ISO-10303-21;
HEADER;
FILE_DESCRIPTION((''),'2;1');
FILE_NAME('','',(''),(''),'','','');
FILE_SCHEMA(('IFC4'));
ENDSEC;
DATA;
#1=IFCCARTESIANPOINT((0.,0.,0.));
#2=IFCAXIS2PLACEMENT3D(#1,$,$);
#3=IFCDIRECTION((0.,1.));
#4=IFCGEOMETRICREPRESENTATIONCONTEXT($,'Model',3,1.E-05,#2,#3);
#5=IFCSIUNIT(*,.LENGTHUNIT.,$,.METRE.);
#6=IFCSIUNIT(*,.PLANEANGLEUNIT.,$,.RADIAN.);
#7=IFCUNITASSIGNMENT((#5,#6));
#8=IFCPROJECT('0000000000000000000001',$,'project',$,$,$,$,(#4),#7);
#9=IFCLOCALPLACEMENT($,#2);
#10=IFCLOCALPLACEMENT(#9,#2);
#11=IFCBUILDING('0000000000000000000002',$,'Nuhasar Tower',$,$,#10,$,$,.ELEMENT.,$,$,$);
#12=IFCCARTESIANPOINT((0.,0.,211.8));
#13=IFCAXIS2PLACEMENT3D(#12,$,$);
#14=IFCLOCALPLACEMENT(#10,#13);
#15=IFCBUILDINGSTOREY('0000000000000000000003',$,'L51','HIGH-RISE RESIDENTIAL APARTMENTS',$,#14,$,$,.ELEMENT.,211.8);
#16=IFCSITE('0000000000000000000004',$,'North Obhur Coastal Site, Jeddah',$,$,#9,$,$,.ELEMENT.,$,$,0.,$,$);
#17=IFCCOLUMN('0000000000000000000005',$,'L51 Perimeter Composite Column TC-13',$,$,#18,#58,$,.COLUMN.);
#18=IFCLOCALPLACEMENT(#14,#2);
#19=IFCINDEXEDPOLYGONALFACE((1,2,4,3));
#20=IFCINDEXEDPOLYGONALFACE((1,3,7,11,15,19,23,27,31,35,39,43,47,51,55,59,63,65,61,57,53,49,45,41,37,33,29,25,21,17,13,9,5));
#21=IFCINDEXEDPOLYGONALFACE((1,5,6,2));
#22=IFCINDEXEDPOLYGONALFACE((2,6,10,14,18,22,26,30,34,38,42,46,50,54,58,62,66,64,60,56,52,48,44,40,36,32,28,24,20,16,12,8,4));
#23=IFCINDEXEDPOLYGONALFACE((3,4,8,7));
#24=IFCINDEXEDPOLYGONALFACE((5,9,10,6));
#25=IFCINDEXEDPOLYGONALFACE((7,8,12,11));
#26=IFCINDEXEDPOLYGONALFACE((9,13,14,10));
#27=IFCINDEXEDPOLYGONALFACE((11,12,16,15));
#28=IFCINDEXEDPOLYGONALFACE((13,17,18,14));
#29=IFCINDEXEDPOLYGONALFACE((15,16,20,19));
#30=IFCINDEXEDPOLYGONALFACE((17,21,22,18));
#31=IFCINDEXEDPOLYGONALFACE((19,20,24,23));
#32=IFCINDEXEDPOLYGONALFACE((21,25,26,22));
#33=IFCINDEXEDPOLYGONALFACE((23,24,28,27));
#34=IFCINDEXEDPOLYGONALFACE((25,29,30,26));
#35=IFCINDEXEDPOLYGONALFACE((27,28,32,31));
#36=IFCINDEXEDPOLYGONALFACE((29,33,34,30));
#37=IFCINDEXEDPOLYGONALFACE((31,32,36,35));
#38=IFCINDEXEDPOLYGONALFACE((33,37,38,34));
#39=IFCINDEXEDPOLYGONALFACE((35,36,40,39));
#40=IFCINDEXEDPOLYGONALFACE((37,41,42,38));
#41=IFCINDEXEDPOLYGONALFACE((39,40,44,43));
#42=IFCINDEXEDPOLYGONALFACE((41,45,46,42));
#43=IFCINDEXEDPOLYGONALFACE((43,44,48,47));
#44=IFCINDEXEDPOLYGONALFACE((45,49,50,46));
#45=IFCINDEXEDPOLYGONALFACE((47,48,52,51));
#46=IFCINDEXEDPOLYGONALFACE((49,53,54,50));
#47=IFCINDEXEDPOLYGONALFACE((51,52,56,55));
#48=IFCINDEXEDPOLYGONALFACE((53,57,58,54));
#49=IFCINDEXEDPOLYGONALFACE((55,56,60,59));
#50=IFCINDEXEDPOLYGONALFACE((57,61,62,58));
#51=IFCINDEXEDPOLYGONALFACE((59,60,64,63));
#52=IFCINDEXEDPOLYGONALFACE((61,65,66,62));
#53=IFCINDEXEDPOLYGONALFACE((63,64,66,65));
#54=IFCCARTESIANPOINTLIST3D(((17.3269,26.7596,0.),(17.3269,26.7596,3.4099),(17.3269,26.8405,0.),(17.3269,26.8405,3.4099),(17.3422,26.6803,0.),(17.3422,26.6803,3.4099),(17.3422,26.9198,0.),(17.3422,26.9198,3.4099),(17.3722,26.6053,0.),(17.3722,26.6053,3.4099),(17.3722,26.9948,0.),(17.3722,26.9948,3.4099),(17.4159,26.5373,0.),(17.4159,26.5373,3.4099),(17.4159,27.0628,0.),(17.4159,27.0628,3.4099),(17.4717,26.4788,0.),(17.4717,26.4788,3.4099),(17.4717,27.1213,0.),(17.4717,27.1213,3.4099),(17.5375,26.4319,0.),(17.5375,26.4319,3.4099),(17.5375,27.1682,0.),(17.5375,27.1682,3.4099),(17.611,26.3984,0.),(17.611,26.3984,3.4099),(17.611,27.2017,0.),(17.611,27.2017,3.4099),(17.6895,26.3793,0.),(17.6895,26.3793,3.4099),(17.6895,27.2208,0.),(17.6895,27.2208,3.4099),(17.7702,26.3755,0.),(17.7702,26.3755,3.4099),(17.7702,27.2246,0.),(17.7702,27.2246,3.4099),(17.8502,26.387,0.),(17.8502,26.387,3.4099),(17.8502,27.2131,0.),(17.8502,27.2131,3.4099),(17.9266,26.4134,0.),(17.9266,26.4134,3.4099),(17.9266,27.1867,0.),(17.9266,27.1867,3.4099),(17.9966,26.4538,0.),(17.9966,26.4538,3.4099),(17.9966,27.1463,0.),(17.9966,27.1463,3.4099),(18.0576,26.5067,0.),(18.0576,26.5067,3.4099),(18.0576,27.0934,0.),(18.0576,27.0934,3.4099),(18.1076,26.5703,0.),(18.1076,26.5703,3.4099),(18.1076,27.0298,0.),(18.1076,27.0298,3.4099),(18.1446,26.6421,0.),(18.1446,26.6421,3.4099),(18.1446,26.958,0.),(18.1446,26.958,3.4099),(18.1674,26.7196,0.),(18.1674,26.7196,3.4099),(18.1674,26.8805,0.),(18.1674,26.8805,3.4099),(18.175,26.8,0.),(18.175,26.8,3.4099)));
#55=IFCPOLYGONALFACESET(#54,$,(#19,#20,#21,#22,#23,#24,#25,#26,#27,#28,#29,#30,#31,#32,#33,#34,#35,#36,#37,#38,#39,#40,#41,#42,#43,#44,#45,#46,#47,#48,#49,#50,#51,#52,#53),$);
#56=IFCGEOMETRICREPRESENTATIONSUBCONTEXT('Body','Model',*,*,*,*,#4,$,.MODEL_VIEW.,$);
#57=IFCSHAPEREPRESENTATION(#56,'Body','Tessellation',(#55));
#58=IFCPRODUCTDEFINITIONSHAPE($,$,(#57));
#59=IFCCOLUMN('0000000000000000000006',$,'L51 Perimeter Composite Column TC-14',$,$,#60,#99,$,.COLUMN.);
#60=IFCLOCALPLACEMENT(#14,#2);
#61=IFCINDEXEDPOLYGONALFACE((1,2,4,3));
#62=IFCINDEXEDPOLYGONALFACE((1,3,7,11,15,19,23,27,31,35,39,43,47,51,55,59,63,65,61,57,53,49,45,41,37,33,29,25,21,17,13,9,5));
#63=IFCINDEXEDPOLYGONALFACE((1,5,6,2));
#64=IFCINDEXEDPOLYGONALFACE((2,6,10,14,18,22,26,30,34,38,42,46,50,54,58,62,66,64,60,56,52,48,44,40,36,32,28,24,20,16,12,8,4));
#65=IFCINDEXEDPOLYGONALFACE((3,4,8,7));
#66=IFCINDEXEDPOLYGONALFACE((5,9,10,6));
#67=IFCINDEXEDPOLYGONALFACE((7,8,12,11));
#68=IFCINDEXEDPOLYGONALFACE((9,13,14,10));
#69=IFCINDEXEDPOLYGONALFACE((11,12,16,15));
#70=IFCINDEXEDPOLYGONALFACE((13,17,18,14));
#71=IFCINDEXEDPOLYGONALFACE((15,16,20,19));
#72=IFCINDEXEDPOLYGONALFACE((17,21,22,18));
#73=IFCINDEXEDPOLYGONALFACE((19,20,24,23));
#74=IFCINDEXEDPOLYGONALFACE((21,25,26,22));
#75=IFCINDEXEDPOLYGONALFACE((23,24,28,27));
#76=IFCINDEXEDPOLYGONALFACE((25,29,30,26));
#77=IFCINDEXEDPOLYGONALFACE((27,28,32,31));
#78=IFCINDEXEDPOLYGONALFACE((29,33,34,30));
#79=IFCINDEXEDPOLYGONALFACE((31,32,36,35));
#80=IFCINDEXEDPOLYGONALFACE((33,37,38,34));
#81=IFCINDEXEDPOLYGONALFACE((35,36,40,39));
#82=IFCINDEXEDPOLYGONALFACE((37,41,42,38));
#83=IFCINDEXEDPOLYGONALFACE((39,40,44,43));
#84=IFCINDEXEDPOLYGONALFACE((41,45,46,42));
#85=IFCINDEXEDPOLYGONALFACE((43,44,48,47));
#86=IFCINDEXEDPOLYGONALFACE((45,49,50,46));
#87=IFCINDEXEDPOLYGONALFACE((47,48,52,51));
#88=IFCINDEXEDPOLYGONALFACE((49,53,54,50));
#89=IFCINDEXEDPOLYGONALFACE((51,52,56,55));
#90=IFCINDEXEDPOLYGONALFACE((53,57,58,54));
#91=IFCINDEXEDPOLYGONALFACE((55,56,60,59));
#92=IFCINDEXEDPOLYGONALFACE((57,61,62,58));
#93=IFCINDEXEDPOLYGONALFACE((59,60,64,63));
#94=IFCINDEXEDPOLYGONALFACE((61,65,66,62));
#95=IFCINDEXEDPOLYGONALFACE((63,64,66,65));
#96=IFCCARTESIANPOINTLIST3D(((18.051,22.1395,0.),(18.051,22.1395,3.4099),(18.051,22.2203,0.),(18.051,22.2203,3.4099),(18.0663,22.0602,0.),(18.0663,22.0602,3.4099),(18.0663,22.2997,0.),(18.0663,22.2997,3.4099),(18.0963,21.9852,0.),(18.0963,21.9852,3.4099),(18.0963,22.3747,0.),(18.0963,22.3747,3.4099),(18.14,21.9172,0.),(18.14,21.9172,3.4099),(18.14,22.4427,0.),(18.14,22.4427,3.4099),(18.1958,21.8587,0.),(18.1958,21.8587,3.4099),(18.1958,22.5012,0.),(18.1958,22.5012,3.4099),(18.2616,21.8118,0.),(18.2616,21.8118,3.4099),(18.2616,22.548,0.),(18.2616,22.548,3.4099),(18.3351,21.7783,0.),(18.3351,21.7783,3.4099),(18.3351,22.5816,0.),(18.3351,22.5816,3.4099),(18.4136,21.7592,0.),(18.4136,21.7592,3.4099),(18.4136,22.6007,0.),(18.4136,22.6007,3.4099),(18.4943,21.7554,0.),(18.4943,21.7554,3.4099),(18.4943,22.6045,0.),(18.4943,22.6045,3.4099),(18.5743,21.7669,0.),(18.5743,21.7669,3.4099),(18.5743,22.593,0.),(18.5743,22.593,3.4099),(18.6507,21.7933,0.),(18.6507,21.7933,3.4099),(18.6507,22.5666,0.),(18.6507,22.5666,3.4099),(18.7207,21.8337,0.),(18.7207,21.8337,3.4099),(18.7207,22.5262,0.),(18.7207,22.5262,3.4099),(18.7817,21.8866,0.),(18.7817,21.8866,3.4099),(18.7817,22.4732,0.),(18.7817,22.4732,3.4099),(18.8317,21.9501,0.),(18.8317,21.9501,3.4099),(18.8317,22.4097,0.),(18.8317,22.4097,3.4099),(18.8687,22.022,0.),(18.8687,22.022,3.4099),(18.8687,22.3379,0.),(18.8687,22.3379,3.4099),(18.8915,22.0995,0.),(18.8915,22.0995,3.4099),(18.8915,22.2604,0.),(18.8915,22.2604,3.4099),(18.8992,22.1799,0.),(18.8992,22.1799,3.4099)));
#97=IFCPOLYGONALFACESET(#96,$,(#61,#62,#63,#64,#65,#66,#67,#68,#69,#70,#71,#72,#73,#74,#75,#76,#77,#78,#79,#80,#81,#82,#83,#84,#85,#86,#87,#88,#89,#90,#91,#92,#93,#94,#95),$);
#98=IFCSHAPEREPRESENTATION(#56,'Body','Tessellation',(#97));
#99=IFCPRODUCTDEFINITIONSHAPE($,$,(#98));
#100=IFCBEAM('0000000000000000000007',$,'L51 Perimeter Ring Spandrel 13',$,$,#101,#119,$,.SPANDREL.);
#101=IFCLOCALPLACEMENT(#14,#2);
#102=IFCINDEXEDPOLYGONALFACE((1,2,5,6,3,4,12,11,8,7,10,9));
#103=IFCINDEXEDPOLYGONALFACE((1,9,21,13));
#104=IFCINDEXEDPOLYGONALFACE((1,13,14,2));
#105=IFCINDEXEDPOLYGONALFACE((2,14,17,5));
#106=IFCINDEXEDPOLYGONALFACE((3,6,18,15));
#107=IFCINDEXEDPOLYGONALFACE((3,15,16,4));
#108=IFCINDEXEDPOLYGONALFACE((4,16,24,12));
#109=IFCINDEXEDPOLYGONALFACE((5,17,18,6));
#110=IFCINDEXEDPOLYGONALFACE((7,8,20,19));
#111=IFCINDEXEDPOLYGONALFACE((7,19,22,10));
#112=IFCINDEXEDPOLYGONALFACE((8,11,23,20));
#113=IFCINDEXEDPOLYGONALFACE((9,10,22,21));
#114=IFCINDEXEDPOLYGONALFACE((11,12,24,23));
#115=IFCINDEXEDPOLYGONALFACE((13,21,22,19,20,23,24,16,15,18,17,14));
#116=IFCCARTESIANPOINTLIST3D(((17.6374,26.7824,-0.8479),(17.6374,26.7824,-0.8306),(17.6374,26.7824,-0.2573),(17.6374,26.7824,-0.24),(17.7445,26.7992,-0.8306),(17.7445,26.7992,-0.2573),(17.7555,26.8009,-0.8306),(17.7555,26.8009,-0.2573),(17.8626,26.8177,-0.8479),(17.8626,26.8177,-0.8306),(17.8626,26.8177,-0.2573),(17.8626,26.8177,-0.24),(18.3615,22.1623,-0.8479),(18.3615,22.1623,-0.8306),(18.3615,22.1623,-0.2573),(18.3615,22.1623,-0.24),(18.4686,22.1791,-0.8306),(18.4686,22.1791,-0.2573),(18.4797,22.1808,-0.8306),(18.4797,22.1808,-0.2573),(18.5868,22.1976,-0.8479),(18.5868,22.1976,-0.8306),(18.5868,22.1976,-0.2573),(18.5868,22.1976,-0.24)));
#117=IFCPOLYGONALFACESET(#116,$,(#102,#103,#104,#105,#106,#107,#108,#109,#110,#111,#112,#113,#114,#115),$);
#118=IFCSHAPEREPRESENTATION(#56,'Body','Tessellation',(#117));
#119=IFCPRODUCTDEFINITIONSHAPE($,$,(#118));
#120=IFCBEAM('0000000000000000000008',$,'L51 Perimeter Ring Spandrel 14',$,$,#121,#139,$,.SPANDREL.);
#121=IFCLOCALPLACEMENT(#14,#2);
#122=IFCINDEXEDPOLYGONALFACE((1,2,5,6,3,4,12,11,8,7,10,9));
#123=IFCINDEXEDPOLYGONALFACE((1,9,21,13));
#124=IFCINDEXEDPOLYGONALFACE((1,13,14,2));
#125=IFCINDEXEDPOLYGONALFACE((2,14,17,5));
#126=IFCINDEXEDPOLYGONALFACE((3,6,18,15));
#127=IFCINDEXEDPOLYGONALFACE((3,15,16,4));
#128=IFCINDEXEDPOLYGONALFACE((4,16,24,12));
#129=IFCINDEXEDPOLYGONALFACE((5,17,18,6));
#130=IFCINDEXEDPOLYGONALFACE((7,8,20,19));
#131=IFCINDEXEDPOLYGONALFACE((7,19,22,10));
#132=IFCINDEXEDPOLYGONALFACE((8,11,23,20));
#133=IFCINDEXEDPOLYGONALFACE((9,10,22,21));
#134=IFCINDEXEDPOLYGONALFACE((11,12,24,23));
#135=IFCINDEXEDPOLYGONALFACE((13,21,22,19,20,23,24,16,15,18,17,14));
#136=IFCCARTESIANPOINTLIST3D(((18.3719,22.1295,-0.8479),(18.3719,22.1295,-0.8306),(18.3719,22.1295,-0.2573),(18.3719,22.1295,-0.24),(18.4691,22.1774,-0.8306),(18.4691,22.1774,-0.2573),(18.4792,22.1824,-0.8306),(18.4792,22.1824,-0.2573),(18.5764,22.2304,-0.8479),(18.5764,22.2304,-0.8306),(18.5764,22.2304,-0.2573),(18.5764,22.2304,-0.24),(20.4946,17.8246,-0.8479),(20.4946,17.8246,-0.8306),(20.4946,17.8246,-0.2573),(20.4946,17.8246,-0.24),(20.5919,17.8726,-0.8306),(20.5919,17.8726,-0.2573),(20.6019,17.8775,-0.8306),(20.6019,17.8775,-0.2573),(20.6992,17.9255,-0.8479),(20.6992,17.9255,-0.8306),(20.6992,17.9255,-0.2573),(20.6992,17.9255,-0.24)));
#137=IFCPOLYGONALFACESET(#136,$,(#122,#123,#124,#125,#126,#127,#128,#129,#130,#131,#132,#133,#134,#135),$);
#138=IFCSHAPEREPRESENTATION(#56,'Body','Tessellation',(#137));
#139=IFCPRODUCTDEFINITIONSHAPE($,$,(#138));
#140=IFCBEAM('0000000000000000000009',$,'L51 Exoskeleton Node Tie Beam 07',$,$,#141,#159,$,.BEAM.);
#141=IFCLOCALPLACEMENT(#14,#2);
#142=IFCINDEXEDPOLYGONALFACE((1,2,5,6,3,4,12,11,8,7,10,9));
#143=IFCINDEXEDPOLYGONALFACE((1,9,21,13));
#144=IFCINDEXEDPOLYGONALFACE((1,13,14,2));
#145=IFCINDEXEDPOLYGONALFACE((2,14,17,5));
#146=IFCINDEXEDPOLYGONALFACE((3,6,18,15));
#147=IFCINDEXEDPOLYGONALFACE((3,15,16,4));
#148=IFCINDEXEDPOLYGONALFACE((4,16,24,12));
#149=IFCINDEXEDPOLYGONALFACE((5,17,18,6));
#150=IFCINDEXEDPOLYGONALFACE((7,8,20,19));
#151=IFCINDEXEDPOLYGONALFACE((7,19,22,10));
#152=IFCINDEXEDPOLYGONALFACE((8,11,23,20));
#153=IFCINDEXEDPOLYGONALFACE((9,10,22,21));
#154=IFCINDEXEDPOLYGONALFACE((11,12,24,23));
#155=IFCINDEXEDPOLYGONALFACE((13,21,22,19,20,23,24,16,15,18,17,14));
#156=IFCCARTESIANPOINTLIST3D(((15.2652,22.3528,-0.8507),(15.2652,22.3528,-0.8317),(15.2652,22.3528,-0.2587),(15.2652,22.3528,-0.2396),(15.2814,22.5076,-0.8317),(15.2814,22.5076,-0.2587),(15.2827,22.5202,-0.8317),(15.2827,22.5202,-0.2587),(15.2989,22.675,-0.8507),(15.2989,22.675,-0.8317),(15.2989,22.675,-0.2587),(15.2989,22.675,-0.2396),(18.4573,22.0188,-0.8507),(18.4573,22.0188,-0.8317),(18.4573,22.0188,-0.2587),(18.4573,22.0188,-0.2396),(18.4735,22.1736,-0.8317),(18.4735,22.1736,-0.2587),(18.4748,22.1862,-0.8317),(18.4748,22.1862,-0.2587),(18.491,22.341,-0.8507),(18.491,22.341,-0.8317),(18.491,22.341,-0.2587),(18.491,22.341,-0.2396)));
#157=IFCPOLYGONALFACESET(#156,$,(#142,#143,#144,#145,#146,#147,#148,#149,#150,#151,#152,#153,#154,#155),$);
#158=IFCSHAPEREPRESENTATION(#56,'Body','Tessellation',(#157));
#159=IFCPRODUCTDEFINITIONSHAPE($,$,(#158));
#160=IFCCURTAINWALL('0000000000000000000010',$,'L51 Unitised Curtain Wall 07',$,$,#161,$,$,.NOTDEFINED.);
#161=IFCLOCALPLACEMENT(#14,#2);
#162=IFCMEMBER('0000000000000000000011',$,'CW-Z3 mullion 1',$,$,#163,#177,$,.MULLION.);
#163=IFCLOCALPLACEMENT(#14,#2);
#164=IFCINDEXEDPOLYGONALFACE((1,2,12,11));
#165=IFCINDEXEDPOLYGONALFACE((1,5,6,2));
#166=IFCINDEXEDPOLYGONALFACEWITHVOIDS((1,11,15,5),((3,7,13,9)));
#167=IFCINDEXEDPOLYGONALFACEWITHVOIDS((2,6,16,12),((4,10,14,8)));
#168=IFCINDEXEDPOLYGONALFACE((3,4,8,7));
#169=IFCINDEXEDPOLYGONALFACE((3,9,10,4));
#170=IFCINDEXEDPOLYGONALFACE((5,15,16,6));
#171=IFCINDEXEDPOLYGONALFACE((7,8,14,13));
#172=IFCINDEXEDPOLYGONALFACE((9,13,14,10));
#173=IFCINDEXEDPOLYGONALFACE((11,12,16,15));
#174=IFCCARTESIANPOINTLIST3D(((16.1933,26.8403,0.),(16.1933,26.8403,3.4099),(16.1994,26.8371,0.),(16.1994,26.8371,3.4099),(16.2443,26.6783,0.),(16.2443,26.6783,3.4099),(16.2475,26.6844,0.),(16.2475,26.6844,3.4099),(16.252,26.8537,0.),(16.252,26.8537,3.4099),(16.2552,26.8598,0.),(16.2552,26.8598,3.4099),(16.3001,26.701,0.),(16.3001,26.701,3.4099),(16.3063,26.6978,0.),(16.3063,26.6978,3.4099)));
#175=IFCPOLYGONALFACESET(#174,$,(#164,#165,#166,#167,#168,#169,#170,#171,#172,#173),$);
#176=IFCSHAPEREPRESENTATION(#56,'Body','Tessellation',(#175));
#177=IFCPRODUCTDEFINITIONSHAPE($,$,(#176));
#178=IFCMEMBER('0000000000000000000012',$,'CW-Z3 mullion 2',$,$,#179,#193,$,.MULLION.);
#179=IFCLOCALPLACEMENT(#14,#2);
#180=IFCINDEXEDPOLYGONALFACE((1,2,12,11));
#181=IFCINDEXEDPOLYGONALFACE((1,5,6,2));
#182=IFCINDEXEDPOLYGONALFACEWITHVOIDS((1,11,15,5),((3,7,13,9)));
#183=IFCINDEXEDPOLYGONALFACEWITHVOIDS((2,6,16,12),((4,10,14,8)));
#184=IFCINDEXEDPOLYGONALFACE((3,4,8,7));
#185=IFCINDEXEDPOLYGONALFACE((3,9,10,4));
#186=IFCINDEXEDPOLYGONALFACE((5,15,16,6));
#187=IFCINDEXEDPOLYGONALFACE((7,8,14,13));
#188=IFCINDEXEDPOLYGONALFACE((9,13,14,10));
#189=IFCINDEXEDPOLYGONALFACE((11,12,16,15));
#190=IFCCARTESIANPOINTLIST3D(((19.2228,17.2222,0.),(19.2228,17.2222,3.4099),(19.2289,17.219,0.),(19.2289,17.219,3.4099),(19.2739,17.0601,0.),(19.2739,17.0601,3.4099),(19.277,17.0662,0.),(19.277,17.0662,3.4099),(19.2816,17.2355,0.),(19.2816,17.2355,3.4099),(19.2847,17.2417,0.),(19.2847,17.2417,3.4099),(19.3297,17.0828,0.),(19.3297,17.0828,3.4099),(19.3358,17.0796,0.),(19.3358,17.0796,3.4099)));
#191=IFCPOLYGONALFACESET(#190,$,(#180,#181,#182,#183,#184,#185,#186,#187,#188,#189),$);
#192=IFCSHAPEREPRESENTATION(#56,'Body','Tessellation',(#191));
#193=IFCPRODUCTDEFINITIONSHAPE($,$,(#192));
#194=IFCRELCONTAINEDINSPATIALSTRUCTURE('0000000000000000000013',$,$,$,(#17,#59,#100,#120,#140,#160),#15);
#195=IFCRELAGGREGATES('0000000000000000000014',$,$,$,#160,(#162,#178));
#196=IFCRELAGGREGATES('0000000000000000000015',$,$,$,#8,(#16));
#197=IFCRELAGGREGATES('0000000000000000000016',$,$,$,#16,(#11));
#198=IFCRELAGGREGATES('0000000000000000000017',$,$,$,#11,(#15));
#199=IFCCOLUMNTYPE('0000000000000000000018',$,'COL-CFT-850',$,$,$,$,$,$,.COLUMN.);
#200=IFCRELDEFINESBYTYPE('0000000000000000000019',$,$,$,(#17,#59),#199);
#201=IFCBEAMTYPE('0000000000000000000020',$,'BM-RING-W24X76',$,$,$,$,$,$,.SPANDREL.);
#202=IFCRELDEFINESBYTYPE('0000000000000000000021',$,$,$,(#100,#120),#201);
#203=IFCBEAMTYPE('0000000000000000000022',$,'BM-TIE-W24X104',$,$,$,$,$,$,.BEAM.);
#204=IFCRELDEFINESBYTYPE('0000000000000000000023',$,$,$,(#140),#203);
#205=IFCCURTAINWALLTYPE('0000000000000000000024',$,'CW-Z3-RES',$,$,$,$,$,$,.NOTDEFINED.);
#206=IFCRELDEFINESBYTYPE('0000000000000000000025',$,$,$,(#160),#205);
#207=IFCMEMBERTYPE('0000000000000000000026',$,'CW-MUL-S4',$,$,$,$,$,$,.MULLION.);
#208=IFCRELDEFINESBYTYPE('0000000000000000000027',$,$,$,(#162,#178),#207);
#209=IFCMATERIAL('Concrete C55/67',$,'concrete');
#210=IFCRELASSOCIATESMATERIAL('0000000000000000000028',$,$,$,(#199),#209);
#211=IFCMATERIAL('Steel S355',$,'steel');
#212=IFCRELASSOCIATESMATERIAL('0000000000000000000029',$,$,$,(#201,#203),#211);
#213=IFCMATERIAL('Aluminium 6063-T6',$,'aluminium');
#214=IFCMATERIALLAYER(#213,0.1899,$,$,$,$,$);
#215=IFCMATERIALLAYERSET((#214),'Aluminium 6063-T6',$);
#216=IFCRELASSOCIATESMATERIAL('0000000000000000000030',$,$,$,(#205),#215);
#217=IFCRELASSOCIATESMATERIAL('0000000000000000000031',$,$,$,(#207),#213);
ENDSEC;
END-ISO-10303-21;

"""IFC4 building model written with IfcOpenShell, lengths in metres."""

from ifc_helpers import new_model, si_unit, direction, frame, origin, origin_2d, place, context, subcontext, project, spatial, hollow_rectangle, circle, i_section, extrude, material, layer, layer_set, material_profile, profile_set, type_object, element, aggregate, save


model = new_model("IFC4")

# Units and contexts
model_context = context("Model", 3, precision=1e-05, world=origin(), true_north=direction((0.0, 1.0)))
body_context = subcontext(model_context, "Body", "Model", "MODEL_VIEW")
ifc_project = project(units=[si_unit("LENGTHUNIT", "METRE"), si_unit("PLANEANGLEUNIT", "RADIAN")], contexts=[model_context])

# Site, building, storey
site_placement = place(None, origin())
site = spatial("IfcSite", under=ifc_project, at=site_placement, Name="North Obhur Coastal Site, Jeddah", CompositionType="ELEMENT", RefElevation=0.0)
building_placement = place(site_placement, origin())
building = spatial("IfcBuilding", under=site, at=building_placement, Name="Nuhasar Tower", CompositionType="ELEMENT")
storey_placement = place(building_placement, frame((0.0, 0.0, 211.8)))
storey = spatial("IfcBuildingStorey", under=building, at=storey_placement, Name="L51", Description="HIGH-RISE RESIDENTIAL APARTMENTS", CompositionType="ELEMENT", Elevation=211.8)

# Columns
ifc_material_1 = material(Name="Concrete C55/67", Category="concrete")
ifc_material_profile_1 = material_profile(ifc_material_1, circle(Radius=0.425, at=origin_2d()), Name="CFT850")
ifc_profile_set_1 = profile_set([ifc_material_profile_1], Name="Concrete C55/67")
column_type = type_object("IfcColumnType", Name="COL-CFT-850", PredefinedType="COLUMN", material=ifc_profile_set_1)
for number, where, z_axis, x_axis, name in (
    (1, (17.75, 26.8, 0.0), (0.0, 0.0, 1.0), (1.0, 0.0, 0.0), "L51 Perimeter Composite Column TC-13"),
    (2, (18.4741, 22.1799, 0.0), (0.0, 0.0, 1.0), (1.0, 0.0, 0.0), "L51 Perimeter Composite Column TC-14"),
):
    element("IfcColumn", number, at=place(storey_placement, frame(where, z_axis=z_axis, x_axis=x_axis)), inside=storey, type_object=column_type, Name=name, PredefinedType="COLUMN", context=body_context, shape_type="SweptSolid", body=[
        extrude(circle(Radius=0.425, at=origin_2d()), origin(), (0.0, 0.0, 1.0), 3.4099),
    ])

# Beams
ifc_material_2 = material(Name="Steel S355", Category="steel")
ifc_material_profile_2 = material_profile(ifc_material_2, i_section(OverallWidth=0.228, OverallDepth=0.6079, WebThickness=0.0112, FlangeThickness=0.0173, at=origin_2d()), Name="W24X76")
ifc_profile_set_2 = profile_set([ifc_material_profile_2], Name="Steel S355")
beam_type_1 = type_object("IfcBeamType", Name="BM-RING-W24X76", PredefinedType="SPANDREL", material=ifc_profile_set_2)
beam_1_placement = place(storey_placement, frame((17.75, 26.8, -0.5439), z_axis=(0.154842, -0.987939, 0.0), x_axis=(0.987939, 0.154842, 0.0)))
element("IfcBeam", 3, at=beam_1_placement, inside=storey, type_object=beam_type_1, Name="L51 Perimeter Ring Spandrel 13", PredefinedType="SPANDREL", context=body_context, shape_type="SweptSolid", body=[
    extrude(i_section(OverallWidth=0.228, OverallDepth=0.6079, WebThickness=0.0112, FlangeThickness=0.0173, at=origin_2d()), origin(), (0.0, 0.0, 1.0), 4.6765),
])
beam_2_placement = place(storey_placement, frame((18.4741, 22.1799, -0.5439), z_axis=(0.442263, -0.896886, 0.0), x_axis=(0.896886, 0.442263, 0.0)))
element("IfcBeam", 4, at=beam_2_placement, inside=storey, type_object=beam_type_1, Name="L51 Perimeter Ring Spandrel 14", PredefinedType="SPANDREL", context=body_context, shape_type="SweptSolid", body=[
    extrude(i_section(OverallWidth=0.228, OverallDepth=0.6079, WebThickness=0.0112, FlangeThickness=0.0173, at=origin_2d()), origin(), (0.0, 0.0, 1.0), 4.7998),
])
ifc_material_profile_3 = material_profile(ifc_material_2, i_section(OverallWidth=0.324, OverallDepth=0.6111, WebThickness=0.0127, FlangeThickness=0.019, at=origin_2d()), Name="W24X104")
ifc_profile_set_3 = profile_set([ifc_material_profile_3], Name="Steel S355")
beam_type_2 = type_object("IfcBeamType", Name="BM-TIE-W24X104", PredefinedType="BEAM", material=ifc_profile_set_3)
beam_3_placement = place(storey_placement, frame((18.4741, 22.1799, -0.5452), z_axis=(-0.994571, 0.104059, 0.0), x_axis=(-0.104059, -0.994571, 0.0)))
element("IfcBeam", 5, at=beam_3_placement, inside=storey, type_object=beam_type_2, Name="L51 Exoskeleton Node Tie Beam 07", PredefinedType="BEAM", context=body_context, shape_type="SweptSolid", body=[
    extrude(i_section(OverallWidth=0.324, OverallDepth=0.6111, WebThickness=0.0127, FlangeThickness=0.019, at=origin_2d()), origin(), (0.0, 0.0, 1.0), 3.2095),
])

# Curtain wall, members
ifc_material_3 = material(Name="Aluminium 6063-T6", Category="aluminium")
ifc_layer_1 = layer(ifc_material_3, 0.1899)
ifc_layer_set_1 = layer_set([ifc_layer_1], Name="Aluminium 6063-T6")
curtain_wall_type = type_object("IfcCurtainWallType", Name="CW-Z3-RES", PredefinedType="NOTDEFINED", material=ifc_layer_set_1)
curtain_wall_1_placement = place(storey_placement, origin())
curtain_wall_1 = element("IfcCurtainWall", 6, at=curtain_wall_1_placement, inside=storey, type_object=curtain_wall_type, Name="L51 Unitised Curtain Wall 07", PredefinedType="NOTDEFINED")
ifc_material_profile_4 = material_profile(ifc_material_3, hollow_rectangle(XDim=0.0649, YDim=0.1699, WallThickness=0.0049, at=origin_2d()), Name="CWM-4")
ifc_profile_set_4 = profile_set([ifc_material_profile_4], Name="Aluminium 6063-T6")
member_type_1 = type_object("IfcMemberType", Name="CW-MUL-S4", PredefinedType="MULLION", material=ifc_profile_set_4)
member_1_placement = place(storey_placement, frame((16.2498, 26.769, 0.0), z_axis=(0.0, 0.0, 1.0), x_axis=(0.953804, 0.300429, 0.0)))
member_1 = element("IfcMember", 7, at=member_1_placement, type_object=member_type_1, Name="CW-Z3 mullion 1", PredefinedType="MULLION", context=body_context, shape_type="SweptSolid", body=[
    extrude(hollow_rectangle(XDim=0.0649, YDim=0.1699, WallThickness=0.0049, at=origin_2d()), origin(), (0.0, 0.0, 1.0), 3.4099),
])
member_2_placement = place(storey_placement, frame((19.2793, 17.1509, 0.0), z_axis=(0.0, 0.0, 1.0), x_axis=(0.953804, 0.300429, 0.0)))
member_2 = element("IfcMember", 8, at=member_2_placement, type_object=member_type_1, Name="CW-Z3 mullion 2", PredefinedType="MULLION", context=body_context, shape_type="SweptSolid", body=[
    extrude(hollow_rectangle(XDim=0.0649, YDim=0.1699, WallThickness=0.0049, at=origin_2d()), origin(), (0.0, 0.0, 1.0), 3.4099),
])

aggregate(curtain_wall_1, [member_1, member_2])

save(model, "model.ifc")
